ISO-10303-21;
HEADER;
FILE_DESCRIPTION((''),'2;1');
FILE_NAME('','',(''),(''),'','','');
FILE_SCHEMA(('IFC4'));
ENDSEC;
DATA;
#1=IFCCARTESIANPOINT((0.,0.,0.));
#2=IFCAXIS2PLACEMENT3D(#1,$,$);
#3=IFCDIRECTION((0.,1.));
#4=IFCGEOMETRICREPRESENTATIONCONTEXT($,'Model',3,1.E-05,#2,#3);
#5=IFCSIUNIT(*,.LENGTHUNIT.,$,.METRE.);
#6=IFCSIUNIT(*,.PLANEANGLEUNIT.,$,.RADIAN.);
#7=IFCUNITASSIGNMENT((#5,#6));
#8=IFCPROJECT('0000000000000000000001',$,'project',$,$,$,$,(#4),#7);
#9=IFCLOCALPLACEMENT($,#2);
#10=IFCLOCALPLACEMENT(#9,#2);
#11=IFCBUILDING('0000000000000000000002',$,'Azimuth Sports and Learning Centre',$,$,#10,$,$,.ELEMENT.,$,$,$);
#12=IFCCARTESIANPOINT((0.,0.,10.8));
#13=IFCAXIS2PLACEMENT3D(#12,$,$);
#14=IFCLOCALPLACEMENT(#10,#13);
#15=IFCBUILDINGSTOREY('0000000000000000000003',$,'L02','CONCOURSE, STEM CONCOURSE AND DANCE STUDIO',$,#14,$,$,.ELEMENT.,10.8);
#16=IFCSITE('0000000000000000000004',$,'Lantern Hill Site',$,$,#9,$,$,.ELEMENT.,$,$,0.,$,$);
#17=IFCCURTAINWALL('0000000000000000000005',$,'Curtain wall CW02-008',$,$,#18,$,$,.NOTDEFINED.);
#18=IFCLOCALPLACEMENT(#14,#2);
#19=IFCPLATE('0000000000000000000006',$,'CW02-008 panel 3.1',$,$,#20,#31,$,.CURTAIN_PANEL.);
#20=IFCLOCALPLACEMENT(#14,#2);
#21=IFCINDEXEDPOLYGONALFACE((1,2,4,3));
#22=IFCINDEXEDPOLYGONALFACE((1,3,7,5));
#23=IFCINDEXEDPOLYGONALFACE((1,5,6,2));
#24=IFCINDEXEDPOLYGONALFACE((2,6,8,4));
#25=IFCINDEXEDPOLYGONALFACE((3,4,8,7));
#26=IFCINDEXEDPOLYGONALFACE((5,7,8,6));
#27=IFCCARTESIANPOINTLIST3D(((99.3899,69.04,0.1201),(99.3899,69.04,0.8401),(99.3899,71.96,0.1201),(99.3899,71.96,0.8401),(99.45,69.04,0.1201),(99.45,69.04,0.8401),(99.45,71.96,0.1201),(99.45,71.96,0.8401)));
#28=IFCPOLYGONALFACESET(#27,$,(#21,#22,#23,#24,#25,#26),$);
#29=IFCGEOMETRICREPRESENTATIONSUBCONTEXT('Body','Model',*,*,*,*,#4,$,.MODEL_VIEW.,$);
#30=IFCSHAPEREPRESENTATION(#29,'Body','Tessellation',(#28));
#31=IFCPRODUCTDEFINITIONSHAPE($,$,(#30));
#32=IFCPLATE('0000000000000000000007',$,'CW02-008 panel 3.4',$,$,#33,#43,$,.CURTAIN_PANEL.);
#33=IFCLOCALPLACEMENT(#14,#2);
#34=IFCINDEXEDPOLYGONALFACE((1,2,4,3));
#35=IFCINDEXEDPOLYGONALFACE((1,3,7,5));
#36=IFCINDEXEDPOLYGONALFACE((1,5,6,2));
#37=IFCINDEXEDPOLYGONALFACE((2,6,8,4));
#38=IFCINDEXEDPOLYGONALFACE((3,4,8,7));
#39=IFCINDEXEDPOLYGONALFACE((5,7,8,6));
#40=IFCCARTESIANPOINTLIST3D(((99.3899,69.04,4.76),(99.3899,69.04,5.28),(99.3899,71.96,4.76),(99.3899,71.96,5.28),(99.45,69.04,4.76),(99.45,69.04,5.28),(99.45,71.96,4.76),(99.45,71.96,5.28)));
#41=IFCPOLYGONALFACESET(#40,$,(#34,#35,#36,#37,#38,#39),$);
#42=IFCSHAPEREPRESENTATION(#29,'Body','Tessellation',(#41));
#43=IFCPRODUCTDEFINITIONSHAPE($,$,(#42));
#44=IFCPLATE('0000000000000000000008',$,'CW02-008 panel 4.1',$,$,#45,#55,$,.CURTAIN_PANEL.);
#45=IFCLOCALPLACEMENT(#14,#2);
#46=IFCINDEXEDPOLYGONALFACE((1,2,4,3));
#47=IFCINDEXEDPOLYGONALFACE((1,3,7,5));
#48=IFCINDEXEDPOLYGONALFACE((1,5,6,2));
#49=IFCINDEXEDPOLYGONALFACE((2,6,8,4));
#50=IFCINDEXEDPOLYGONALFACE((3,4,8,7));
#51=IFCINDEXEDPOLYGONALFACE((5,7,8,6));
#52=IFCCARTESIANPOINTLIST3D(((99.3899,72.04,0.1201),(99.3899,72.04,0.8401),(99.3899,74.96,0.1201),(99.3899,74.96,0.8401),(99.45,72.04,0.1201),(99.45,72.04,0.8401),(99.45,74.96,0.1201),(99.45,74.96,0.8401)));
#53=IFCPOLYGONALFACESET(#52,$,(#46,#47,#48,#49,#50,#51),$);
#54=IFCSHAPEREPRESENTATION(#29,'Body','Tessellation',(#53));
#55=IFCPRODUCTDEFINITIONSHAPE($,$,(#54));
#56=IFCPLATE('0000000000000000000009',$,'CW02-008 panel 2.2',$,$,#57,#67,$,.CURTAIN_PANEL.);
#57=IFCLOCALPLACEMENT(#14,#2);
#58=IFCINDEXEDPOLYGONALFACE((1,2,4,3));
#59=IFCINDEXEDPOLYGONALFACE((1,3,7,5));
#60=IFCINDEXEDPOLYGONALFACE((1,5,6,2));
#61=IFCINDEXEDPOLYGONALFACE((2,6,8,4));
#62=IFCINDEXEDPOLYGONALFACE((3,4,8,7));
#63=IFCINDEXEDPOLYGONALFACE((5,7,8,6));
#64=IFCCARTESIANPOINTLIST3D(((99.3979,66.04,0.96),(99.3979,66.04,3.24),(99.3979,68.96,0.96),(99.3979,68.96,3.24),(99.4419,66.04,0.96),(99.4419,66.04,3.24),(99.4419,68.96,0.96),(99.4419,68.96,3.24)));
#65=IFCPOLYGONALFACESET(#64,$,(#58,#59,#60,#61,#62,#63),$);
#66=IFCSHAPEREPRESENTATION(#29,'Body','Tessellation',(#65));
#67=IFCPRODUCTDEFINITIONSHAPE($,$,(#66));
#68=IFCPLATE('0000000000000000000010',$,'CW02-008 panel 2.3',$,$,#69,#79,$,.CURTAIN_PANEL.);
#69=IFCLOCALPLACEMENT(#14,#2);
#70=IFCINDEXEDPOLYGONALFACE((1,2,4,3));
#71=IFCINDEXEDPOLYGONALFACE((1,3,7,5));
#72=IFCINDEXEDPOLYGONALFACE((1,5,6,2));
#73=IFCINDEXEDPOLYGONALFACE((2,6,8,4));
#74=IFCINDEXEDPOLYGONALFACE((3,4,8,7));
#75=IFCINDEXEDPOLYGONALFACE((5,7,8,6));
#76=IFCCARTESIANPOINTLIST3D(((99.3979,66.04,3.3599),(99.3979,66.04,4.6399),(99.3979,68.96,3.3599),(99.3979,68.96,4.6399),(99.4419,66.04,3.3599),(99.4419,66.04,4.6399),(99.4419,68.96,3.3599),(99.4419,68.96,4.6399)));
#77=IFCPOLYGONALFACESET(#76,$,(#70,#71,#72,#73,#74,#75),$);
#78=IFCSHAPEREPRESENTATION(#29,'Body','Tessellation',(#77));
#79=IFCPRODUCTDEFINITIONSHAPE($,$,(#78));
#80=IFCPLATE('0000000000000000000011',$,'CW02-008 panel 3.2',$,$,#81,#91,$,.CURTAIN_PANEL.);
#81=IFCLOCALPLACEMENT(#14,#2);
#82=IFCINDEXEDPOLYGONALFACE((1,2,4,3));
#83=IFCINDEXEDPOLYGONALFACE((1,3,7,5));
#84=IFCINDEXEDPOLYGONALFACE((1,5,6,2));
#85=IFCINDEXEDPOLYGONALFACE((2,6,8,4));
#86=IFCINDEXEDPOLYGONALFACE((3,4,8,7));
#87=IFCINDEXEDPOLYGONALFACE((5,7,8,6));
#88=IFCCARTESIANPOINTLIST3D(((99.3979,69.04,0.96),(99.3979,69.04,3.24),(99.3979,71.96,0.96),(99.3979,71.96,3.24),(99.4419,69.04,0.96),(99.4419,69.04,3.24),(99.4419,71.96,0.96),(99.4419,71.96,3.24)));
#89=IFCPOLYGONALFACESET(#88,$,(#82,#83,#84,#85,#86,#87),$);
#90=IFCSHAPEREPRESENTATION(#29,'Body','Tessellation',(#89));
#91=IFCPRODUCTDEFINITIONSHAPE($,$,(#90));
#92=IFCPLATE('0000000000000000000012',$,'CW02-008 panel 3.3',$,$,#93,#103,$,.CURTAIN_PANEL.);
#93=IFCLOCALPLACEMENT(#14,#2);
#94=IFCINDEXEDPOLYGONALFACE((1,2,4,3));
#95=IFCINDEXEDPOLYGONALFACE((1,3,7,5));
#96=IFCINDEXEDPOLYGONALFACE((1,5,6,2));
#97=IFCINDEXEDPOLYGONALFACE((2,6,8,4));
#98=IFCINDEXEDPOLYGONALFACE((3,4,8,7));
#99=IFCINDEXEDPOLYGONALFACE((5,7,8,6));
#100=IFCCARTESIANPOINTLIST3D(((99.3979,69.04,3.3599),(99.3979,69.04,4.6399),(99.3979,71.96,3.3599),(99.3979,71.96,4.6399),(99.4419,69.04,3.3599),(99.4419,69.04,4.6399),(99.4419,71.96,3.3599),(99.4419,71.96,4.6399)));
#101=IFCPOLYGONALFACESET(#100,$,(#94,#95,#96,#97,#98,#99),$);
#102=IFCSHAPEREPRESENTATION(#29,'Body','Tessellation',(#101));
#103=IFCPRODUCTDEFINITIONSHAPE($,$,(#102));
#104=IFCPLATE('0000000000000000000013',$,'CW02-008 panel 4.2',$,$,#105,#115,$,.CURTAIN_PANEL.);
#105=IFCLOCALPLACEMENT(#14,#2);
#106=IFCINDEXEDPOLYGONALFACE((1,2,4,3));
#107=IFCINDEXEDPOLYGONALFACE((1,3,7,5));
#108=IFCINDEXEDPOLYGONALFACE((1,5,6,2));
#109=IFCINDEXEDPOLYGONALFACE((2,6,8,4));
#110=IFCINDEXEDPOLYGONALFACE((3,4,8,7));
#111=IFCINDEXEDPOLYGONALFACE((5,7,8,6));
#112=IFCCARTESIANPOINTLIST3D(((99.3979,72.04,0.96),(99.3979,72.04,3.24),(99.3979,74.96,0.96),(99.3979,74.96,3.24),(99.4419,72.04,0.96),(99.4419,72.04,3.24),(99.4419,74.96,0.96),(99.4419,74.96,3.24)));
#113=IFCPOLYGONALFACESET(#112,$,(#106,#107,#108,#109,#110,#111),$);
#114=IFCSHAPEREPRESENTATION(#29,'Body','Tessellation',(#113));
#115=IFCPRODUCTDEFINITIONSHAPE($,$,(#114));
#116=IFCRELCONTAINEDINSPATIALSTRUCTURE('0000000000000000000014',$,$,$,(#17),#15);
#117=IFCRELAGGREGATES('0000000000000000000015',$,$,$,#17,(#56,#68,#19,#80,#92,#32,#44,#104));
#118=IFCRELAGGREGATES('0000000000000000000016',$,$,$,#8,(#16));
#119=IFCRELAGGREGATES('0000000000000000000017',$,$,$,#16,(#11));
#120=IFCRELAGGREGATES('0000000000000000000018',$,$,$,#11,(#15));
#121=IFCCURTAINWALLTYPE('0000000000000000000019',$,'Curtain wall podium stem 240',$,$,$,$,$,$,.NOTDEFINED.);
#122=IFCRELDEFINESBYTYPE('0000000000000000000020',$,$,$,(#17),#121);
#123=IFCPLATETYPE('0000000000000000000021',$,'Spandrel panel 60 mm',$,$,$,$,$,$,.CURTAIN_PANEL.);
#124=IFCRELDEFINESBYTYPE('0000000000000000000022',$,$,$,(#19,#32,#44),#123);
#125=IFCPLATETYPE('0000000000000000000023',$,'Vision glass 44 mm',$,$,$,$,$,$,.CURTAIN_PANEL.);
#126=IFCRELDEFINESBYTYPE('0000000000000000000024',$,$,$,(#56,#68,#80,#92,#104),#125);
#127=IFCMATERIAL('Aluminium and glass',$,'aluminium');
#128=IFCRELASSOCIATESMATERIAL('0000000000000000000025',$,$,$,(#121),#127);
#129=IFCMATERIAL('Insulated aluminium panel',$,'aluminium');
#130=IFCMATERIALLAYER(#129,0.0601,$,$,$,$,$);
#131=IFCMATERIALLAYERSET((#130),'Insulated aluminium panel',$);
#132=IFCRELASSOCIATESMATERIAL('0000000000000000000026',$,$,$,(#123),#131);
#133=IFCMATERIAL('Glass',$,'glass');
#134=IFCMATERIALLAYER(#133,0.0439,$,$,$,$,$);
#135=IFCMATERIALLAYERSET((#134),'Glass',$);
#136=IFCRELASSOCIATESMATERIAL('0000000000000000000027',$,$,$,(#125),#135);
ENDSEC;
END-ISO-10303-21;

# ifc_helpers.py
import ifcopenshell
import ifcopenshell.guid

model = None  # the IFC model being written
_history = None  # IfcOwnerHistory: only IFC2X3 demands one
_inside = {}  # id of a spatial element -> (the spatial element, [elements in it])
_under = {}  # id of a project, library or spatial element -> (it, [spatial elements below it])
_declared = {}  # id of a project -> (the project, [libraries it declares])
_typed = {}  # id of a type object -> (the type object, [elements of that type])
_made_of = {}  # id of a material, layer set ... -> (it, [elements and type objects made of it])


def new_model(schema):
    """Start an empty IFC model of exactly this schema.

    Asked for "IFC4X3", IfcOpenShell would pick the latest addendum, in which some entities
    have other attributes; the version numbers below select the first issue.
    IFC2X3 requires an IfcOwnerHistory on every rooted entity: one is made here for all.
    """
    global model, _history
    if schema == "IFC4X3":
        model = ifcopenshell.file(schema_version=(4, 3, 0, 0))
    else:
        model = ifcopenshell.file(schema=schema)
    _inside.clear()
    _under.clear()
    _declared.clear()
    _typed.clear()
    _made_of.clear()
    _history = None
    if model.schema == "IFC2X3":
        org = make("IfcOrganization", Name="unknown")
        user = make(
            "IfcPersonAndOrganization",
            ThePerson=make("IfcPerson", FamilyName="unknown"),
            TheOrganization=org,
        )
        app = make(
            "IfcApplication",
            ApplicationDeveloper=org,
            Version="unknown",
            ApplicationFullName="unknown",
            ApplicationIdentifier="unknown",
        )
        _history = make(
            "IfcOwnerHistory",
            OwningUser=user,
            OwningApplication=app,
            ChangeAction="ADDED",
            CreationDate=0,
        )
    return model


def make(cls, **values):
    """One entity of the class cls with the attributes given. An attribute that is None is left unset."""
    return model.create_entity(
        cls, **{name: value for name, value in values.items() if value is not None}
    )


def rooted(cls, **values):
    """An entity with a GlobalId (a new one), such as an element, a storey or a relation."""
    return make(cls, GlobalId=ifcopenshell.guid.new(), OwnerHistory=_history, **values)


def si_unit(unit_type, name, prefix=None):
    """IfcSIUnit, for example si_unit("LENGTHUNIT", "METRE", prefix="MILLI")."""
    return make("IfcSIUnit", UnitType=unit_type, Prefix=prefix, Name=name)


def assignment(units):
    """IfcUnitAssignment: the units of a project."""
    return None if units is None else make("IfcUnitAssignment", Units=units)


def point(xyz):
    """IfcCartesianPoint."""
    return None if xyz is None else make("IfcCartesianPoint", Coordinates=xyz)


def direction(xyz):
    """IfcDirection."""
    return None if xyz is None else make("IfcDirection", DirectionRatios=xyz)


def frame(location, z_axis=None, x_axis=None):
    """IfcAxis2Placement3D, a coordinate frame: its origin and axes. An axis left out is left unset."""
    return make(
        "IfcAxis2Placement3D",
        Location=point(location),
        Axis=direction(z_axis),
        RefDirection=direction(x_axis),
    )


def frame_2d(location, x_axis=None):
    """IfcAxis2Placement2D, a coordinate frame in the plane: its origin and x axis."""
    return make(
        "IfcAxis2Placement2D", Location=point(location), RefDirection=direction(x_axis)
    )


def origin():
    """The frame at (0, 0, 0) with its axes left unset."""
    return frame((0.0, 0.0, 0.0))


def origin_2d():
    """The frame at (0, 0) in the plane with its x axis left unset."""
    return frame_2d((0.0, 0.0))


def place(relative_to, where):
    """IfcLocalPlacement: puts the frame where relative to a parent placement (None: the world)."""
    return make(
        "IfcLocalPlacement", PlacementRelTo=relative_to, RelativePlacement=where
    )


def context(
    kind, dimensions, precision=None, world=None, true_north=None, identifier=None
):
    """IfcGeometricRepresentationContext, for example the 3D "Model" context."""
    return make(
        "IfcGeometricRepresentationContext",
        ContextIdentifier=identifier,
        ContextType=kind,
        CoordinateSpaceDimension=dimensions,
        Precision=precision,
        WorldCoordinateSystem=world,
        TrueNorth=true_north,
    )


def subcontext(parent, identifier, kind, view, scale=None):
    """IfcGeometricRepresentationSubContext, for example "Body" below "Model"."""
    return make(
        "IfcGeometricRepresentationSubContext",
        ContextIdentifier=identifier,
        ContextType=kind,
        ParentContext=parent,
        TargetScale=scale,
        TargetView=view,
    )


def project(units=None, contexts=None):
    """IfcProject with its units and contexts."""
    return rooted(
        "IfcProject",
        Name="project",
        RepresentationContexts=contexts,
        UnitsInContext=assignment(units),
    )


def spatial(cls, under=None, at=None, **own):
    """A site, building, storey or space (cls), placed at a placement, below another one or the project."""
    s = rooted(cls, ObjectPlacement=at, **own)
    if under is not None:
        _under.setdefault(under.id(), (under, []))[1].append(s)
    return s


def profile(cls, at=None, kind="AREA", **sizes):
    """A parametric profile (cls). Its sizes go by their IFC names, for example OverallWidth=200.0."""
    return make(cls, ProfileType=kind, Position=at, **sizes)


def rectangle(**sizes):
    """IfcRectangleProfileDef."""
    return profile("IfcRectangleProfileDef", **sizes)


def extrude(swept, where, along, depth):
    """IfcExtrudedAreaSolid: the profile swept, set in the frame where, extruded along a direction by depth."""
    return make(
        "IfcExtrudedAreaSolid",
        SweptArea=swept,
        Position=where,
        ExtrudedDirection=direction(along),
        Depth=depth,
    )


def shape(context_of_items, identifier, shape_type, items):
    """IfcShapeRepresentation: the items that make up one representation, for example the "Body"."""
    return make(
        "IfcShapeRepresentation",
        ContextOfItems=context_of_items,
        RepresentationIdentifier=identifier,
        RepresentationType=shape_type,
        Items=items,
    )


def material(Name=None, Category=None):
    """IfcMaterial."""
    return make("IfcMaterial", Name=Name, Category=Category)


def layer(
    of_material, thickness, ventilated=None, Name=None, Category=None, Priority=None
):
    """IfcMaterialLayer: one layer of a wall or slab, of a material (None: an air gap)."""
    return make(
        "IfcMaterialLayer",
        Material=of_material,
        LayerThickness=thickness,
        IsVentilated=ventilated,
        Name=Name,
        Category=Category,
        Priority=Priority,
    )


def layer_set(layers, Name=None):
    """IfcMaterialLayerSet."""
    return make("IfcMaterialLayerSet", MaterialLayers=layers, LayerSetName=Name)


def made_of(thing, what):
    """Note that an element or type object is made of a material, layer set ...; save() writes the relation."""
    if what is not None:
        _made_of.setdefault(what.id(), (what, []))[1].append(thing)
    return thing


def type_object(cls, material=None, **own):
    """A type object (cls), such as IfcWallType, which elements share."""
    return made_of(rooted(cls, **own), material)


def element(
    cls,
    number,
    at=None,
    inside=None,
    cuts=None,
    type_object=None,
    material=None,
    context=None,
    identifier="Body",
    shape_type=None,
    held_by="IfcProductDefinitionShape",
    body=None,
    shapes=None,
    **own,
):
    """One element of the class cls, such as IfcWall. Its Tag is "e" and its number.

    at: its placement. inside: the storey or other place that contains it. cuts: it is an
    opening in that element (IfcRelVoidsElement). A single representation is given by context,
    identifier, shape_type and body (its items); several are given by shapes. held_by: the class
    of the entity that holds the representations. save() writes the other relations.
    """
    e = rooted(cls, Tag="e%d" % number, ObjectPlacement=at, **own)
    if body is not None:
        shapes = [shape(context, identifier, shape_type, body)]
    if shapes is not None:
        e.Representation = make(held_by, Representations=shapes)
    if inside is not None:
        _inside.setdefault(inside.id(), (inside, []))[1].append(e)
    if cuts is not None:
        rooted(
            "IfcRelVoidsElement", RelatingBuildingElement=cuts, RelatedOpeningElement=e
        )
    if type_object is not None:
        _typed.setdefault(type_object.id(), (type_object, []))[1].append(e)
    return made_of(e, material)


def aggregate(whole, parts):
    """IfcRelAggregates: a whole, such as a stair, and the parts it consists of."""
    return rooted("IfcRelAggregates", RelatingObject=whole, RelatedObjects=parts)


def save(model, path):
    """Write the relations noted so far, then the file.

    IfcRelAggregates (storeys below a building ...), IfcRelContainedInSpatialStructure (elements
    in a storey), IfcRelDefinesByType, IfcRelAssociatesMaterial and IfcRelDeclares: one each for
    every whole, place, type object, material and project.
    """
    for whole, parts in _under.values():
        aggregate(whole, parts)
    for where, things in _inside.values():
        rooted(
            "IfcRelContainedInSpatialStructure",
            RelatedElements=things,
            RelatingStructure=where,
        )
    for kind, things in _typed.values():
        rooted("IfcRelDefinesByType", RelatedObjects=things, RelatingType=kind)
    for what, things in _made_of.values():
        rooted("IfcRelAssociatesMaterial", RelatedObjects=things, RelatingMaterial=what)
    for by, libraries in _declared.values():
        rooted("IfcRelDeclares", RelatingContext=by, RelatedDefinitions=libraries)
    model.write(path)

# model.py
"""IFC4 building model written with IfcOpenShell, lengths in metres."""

from ifc_helpers import new_model, si_unit, direction, frame, origin, origin_2d, place, context, subcontext, project, spatial, rectangle, extrude, material, layer, layer_set, type_object, element, aggregate, save


model = new_model("IFC4")

# Units and contexts
model_context = context("Model", 3, precision=1e-05, world=origin(), true_north=direction((0.0, 1.0)))
body_context = subcontext(model_context, "Body", "Model", "MODEL_VIEW")
ifc_project = project(units=[si_unit("LENGTHUNIT", "METRE"), si_unit("PLANEANGLEUNIT", "RADIAN")], contexts=[model_context])

# Site, building, storey
site_placement = place(None, origin())
site = spatial("IfcSite", under=ifc_project, at=site_placement, Name="Lantern Hill Site", CompositionType="ELEMENT", RefElevation=0.0)
building_placement = place(site_placement, origin())
building = spatial("IfcBuilding", under=site, at=building_placement, Name="Azimuth Sports and Learning Centre", CompositionType="ELEMENT")
storey_placement = place(building_placement, frame((0.0, 0.0, 10.8)))
storey = spatial("IfcBuildingStorey", under=building, at=storey_placement, Name="L02", Description="CONCOURSE, STEM CONCOURSE AND DANCE STUDIO", CompositionType="ELEMENT", Elevation=10.8)

# Curtain wall, plates
ifc_material_1 = material(Name="Aluminium and glass", Category="aluminium")
curtain_wall_type = type_object("IfcCurtainWallType", Name="Curtain wall podium stem 240", PredefinedType="NOTDEFINED", material=ifc_material_1)
curtain_wall_placement = place(storey_placement, origin())
curtain_wall = element("IfcCurtainWall", 1, at=curtain_wall_placement, inside=storey, type_object=curtain_wall_type, Name="Curtain wall CW02-008", PredefinedType="NOTDEFINED")
ifc_material_2 = material(Name="Insulated aluminium panel", Category="aluminium")
ifc_layer_1 = layer(ifc_material_2, 0.0601)
ifc_layer_set_1 = layer_set([ifc_layer_1], Name="Insulated aluminium panel")
plate_type_1 = type_object("IfcPlateType", Name="Spandrel panel 60 mm", PredefinedType="CURTAIN_PANEL", material=ifc_layer_set_1)
plate_1_placement = place(storey_placement, frame((99.4199, 70.5, 0.1201), z_axis=(0.0, 0.0, 1.0), x_axis=(0.0, 1.0, 0.0)))
plate_1 = element("IfcPlate", 2, at=plate_1_placement, type_object=plate_type_1, Name="CW02-008 panel 3.1", PredefinedType="CURTAIN_PANEL", context=body_context, shape_type="SweptSolid", body=[
    extrude(rectangle(XDim=2.9199, YDim=0.0601, at=origin_2d()), origin(), (0.0, 0.0, 1.0), 0.72),
])
plate_2_placement = place(storey_placement, frame((99.4199, 70.5, 4.76), z_axis=(0.0, 0.0, 1.0), x_axis=(0.0, 1.0, 0.0)))
plate_2 = element("IfcPlate", 3, at=plate_2_placement, type_object=plate_type_1, Name="CW02-008 panel 3.4", PredefinedType="CURTAIN_PANEL", context=body_context, shape_type="SweptSolid", body=[
    extrude(rectangle(XDim=2.9199, YDim=0.0601, at=origin_2d()), origin(), (0.0, 0.0, 1.0), 0.52),
])
plate_3_placement = place(storey_placement, frame((99.4199, 73.5, 0.1201), z_axis=(0.0, 0.0, 1.0), x_axis=(0.0, 1.0, 0.0)))
plate_3 = element("IfcPlate", 4, at=plate_3_placement, type_object=plate_type_1, Name="CW02-008 panel 4.1", PredefinedType="CURTAIN_PANEL", context=body_context, shape_type="SweptSolid", body=[
    extrude(rectangle(XDim=2.9199, YDim=0.0601, at=origin_2d()), origin(), (0.0, 0.0, 1.0), 0.72),
])
ifc_material_3 = material(Name="Glass", Category="glass")
ifc_layer_2 = layer(ifc_material_3, 0.0439)
ifc_layer_set_2 = layer_set([ifc_layer_2], Name="Glass")
plate_type_2 = type_object("IfcPlateType", Name="Vision glass 44 mm", PredefinedType="CURTAIN_PANEL", material=ifc_layer_set_2)
plate_4_placement = place(storey_placement, frame((99.4199, 67.5, 0.96), z_axis=(0.0, 0.0, 1.0), x_axis=(0.0, 1.0, 0.0)))
plate_4 = element("IfcPlate", 5, at=plate_4_placement, type_object=plate_type_2, Name="CW02-008 panel 2.2", PredefinedType="CURTAIN_PANEL", context=body_context, shape_type="SweptSolid", body=[
    extrude(rectangle(XDim=2.9199, YDim=0.0439, at=origin_2d()), origin(), (0.0, 0.0, 1.0), 2.28),
])
plate_5_placement = place(storey_placement, frame((99.4199, 67.5, 3.3599), z_axis=(0.0, 0.0, 1.0), x_axis=(0.0, 1.0, 0.0)))
plate_5 = element("IfcPlate", 6, at=plate_5_placement, type_object=plate_type_2, Name="CW02-008 panel 2.3", PredefinedType="CURTAIN_PANEL", context=body_context, shape_type="SweptSolid", body=[
    extrude(rectangle(XDim=2.9199, YDim=0.0439, at=origin_2d()), origin(), (0.0, 0.0, 1.0), 1.28),
])
plate_6_placement = place(storey_placement, frame((99.4199, 70.5, 0.96), z_axis=(0.0, 0.0, 1.0), x_axis=(0.0, 1.0, 0.0)))
plate_6 = element("IfcPlate", 7, at=plate_6_placement, type_object=plate_type_2, Name="CW02-008 panel 3.2", PredefinedType="CURTAIN_PANEL", context=body_context, shape_type="SweptSolid", body=[
    extrude(rectangle(XDim=2.9199, YDim=0.0439, at=origin_2d()), origin(), (0.0, 0.0, 1.0), 2.28),
])
plate_7_placement = place(storey_placement, frame((99.4199, 70.5, 3.3599), z_axis=(0.0, 0.0, 1.0), x_axis=(0.0, 1.0, 0.0)))
plate_7 = element("IfcPlate", 8, at=plate_7_placement, type_object=plate_type_2, Name="CW02-008 panel 3.3", PredefinedType="CURTAIN_PANEL", context=body_context, shape_type="SweptSolid", body=[
    extrude(rectangle(XDim=2.9199, YDim=0.0439, at=origin_2d()), origin(), (0.0, 0.0, 1.0), 1.28),
])
plate_8_placement = place(storey_placement, frame((99.4199, 73.5, 0.96), z_axis=(0.0, 0.0, 1.0), x_axis=(0.0, 1.0, 0.0)))
plate_8 = element("IfcPlate", 9, at=plate_8_placement, type_object=plate_type_2, Name="CW02-008 panel 4.2", PredefinedType="CURTAIN_PANEL", context=body_context, shape_type="SweptSolid", body=[
    extrude(rectangle(XDim=2.9199, YDim=0.0439, at=origin_2d()), origin(), (0.0, 0.0, 1.0), 2.28),
])
aggregate(curtain_wall, [plate_4, plate_5, plate_1, plate_6, plate_7, plate_2, plate_3, plate_8])

save(model, "model.ifc")
